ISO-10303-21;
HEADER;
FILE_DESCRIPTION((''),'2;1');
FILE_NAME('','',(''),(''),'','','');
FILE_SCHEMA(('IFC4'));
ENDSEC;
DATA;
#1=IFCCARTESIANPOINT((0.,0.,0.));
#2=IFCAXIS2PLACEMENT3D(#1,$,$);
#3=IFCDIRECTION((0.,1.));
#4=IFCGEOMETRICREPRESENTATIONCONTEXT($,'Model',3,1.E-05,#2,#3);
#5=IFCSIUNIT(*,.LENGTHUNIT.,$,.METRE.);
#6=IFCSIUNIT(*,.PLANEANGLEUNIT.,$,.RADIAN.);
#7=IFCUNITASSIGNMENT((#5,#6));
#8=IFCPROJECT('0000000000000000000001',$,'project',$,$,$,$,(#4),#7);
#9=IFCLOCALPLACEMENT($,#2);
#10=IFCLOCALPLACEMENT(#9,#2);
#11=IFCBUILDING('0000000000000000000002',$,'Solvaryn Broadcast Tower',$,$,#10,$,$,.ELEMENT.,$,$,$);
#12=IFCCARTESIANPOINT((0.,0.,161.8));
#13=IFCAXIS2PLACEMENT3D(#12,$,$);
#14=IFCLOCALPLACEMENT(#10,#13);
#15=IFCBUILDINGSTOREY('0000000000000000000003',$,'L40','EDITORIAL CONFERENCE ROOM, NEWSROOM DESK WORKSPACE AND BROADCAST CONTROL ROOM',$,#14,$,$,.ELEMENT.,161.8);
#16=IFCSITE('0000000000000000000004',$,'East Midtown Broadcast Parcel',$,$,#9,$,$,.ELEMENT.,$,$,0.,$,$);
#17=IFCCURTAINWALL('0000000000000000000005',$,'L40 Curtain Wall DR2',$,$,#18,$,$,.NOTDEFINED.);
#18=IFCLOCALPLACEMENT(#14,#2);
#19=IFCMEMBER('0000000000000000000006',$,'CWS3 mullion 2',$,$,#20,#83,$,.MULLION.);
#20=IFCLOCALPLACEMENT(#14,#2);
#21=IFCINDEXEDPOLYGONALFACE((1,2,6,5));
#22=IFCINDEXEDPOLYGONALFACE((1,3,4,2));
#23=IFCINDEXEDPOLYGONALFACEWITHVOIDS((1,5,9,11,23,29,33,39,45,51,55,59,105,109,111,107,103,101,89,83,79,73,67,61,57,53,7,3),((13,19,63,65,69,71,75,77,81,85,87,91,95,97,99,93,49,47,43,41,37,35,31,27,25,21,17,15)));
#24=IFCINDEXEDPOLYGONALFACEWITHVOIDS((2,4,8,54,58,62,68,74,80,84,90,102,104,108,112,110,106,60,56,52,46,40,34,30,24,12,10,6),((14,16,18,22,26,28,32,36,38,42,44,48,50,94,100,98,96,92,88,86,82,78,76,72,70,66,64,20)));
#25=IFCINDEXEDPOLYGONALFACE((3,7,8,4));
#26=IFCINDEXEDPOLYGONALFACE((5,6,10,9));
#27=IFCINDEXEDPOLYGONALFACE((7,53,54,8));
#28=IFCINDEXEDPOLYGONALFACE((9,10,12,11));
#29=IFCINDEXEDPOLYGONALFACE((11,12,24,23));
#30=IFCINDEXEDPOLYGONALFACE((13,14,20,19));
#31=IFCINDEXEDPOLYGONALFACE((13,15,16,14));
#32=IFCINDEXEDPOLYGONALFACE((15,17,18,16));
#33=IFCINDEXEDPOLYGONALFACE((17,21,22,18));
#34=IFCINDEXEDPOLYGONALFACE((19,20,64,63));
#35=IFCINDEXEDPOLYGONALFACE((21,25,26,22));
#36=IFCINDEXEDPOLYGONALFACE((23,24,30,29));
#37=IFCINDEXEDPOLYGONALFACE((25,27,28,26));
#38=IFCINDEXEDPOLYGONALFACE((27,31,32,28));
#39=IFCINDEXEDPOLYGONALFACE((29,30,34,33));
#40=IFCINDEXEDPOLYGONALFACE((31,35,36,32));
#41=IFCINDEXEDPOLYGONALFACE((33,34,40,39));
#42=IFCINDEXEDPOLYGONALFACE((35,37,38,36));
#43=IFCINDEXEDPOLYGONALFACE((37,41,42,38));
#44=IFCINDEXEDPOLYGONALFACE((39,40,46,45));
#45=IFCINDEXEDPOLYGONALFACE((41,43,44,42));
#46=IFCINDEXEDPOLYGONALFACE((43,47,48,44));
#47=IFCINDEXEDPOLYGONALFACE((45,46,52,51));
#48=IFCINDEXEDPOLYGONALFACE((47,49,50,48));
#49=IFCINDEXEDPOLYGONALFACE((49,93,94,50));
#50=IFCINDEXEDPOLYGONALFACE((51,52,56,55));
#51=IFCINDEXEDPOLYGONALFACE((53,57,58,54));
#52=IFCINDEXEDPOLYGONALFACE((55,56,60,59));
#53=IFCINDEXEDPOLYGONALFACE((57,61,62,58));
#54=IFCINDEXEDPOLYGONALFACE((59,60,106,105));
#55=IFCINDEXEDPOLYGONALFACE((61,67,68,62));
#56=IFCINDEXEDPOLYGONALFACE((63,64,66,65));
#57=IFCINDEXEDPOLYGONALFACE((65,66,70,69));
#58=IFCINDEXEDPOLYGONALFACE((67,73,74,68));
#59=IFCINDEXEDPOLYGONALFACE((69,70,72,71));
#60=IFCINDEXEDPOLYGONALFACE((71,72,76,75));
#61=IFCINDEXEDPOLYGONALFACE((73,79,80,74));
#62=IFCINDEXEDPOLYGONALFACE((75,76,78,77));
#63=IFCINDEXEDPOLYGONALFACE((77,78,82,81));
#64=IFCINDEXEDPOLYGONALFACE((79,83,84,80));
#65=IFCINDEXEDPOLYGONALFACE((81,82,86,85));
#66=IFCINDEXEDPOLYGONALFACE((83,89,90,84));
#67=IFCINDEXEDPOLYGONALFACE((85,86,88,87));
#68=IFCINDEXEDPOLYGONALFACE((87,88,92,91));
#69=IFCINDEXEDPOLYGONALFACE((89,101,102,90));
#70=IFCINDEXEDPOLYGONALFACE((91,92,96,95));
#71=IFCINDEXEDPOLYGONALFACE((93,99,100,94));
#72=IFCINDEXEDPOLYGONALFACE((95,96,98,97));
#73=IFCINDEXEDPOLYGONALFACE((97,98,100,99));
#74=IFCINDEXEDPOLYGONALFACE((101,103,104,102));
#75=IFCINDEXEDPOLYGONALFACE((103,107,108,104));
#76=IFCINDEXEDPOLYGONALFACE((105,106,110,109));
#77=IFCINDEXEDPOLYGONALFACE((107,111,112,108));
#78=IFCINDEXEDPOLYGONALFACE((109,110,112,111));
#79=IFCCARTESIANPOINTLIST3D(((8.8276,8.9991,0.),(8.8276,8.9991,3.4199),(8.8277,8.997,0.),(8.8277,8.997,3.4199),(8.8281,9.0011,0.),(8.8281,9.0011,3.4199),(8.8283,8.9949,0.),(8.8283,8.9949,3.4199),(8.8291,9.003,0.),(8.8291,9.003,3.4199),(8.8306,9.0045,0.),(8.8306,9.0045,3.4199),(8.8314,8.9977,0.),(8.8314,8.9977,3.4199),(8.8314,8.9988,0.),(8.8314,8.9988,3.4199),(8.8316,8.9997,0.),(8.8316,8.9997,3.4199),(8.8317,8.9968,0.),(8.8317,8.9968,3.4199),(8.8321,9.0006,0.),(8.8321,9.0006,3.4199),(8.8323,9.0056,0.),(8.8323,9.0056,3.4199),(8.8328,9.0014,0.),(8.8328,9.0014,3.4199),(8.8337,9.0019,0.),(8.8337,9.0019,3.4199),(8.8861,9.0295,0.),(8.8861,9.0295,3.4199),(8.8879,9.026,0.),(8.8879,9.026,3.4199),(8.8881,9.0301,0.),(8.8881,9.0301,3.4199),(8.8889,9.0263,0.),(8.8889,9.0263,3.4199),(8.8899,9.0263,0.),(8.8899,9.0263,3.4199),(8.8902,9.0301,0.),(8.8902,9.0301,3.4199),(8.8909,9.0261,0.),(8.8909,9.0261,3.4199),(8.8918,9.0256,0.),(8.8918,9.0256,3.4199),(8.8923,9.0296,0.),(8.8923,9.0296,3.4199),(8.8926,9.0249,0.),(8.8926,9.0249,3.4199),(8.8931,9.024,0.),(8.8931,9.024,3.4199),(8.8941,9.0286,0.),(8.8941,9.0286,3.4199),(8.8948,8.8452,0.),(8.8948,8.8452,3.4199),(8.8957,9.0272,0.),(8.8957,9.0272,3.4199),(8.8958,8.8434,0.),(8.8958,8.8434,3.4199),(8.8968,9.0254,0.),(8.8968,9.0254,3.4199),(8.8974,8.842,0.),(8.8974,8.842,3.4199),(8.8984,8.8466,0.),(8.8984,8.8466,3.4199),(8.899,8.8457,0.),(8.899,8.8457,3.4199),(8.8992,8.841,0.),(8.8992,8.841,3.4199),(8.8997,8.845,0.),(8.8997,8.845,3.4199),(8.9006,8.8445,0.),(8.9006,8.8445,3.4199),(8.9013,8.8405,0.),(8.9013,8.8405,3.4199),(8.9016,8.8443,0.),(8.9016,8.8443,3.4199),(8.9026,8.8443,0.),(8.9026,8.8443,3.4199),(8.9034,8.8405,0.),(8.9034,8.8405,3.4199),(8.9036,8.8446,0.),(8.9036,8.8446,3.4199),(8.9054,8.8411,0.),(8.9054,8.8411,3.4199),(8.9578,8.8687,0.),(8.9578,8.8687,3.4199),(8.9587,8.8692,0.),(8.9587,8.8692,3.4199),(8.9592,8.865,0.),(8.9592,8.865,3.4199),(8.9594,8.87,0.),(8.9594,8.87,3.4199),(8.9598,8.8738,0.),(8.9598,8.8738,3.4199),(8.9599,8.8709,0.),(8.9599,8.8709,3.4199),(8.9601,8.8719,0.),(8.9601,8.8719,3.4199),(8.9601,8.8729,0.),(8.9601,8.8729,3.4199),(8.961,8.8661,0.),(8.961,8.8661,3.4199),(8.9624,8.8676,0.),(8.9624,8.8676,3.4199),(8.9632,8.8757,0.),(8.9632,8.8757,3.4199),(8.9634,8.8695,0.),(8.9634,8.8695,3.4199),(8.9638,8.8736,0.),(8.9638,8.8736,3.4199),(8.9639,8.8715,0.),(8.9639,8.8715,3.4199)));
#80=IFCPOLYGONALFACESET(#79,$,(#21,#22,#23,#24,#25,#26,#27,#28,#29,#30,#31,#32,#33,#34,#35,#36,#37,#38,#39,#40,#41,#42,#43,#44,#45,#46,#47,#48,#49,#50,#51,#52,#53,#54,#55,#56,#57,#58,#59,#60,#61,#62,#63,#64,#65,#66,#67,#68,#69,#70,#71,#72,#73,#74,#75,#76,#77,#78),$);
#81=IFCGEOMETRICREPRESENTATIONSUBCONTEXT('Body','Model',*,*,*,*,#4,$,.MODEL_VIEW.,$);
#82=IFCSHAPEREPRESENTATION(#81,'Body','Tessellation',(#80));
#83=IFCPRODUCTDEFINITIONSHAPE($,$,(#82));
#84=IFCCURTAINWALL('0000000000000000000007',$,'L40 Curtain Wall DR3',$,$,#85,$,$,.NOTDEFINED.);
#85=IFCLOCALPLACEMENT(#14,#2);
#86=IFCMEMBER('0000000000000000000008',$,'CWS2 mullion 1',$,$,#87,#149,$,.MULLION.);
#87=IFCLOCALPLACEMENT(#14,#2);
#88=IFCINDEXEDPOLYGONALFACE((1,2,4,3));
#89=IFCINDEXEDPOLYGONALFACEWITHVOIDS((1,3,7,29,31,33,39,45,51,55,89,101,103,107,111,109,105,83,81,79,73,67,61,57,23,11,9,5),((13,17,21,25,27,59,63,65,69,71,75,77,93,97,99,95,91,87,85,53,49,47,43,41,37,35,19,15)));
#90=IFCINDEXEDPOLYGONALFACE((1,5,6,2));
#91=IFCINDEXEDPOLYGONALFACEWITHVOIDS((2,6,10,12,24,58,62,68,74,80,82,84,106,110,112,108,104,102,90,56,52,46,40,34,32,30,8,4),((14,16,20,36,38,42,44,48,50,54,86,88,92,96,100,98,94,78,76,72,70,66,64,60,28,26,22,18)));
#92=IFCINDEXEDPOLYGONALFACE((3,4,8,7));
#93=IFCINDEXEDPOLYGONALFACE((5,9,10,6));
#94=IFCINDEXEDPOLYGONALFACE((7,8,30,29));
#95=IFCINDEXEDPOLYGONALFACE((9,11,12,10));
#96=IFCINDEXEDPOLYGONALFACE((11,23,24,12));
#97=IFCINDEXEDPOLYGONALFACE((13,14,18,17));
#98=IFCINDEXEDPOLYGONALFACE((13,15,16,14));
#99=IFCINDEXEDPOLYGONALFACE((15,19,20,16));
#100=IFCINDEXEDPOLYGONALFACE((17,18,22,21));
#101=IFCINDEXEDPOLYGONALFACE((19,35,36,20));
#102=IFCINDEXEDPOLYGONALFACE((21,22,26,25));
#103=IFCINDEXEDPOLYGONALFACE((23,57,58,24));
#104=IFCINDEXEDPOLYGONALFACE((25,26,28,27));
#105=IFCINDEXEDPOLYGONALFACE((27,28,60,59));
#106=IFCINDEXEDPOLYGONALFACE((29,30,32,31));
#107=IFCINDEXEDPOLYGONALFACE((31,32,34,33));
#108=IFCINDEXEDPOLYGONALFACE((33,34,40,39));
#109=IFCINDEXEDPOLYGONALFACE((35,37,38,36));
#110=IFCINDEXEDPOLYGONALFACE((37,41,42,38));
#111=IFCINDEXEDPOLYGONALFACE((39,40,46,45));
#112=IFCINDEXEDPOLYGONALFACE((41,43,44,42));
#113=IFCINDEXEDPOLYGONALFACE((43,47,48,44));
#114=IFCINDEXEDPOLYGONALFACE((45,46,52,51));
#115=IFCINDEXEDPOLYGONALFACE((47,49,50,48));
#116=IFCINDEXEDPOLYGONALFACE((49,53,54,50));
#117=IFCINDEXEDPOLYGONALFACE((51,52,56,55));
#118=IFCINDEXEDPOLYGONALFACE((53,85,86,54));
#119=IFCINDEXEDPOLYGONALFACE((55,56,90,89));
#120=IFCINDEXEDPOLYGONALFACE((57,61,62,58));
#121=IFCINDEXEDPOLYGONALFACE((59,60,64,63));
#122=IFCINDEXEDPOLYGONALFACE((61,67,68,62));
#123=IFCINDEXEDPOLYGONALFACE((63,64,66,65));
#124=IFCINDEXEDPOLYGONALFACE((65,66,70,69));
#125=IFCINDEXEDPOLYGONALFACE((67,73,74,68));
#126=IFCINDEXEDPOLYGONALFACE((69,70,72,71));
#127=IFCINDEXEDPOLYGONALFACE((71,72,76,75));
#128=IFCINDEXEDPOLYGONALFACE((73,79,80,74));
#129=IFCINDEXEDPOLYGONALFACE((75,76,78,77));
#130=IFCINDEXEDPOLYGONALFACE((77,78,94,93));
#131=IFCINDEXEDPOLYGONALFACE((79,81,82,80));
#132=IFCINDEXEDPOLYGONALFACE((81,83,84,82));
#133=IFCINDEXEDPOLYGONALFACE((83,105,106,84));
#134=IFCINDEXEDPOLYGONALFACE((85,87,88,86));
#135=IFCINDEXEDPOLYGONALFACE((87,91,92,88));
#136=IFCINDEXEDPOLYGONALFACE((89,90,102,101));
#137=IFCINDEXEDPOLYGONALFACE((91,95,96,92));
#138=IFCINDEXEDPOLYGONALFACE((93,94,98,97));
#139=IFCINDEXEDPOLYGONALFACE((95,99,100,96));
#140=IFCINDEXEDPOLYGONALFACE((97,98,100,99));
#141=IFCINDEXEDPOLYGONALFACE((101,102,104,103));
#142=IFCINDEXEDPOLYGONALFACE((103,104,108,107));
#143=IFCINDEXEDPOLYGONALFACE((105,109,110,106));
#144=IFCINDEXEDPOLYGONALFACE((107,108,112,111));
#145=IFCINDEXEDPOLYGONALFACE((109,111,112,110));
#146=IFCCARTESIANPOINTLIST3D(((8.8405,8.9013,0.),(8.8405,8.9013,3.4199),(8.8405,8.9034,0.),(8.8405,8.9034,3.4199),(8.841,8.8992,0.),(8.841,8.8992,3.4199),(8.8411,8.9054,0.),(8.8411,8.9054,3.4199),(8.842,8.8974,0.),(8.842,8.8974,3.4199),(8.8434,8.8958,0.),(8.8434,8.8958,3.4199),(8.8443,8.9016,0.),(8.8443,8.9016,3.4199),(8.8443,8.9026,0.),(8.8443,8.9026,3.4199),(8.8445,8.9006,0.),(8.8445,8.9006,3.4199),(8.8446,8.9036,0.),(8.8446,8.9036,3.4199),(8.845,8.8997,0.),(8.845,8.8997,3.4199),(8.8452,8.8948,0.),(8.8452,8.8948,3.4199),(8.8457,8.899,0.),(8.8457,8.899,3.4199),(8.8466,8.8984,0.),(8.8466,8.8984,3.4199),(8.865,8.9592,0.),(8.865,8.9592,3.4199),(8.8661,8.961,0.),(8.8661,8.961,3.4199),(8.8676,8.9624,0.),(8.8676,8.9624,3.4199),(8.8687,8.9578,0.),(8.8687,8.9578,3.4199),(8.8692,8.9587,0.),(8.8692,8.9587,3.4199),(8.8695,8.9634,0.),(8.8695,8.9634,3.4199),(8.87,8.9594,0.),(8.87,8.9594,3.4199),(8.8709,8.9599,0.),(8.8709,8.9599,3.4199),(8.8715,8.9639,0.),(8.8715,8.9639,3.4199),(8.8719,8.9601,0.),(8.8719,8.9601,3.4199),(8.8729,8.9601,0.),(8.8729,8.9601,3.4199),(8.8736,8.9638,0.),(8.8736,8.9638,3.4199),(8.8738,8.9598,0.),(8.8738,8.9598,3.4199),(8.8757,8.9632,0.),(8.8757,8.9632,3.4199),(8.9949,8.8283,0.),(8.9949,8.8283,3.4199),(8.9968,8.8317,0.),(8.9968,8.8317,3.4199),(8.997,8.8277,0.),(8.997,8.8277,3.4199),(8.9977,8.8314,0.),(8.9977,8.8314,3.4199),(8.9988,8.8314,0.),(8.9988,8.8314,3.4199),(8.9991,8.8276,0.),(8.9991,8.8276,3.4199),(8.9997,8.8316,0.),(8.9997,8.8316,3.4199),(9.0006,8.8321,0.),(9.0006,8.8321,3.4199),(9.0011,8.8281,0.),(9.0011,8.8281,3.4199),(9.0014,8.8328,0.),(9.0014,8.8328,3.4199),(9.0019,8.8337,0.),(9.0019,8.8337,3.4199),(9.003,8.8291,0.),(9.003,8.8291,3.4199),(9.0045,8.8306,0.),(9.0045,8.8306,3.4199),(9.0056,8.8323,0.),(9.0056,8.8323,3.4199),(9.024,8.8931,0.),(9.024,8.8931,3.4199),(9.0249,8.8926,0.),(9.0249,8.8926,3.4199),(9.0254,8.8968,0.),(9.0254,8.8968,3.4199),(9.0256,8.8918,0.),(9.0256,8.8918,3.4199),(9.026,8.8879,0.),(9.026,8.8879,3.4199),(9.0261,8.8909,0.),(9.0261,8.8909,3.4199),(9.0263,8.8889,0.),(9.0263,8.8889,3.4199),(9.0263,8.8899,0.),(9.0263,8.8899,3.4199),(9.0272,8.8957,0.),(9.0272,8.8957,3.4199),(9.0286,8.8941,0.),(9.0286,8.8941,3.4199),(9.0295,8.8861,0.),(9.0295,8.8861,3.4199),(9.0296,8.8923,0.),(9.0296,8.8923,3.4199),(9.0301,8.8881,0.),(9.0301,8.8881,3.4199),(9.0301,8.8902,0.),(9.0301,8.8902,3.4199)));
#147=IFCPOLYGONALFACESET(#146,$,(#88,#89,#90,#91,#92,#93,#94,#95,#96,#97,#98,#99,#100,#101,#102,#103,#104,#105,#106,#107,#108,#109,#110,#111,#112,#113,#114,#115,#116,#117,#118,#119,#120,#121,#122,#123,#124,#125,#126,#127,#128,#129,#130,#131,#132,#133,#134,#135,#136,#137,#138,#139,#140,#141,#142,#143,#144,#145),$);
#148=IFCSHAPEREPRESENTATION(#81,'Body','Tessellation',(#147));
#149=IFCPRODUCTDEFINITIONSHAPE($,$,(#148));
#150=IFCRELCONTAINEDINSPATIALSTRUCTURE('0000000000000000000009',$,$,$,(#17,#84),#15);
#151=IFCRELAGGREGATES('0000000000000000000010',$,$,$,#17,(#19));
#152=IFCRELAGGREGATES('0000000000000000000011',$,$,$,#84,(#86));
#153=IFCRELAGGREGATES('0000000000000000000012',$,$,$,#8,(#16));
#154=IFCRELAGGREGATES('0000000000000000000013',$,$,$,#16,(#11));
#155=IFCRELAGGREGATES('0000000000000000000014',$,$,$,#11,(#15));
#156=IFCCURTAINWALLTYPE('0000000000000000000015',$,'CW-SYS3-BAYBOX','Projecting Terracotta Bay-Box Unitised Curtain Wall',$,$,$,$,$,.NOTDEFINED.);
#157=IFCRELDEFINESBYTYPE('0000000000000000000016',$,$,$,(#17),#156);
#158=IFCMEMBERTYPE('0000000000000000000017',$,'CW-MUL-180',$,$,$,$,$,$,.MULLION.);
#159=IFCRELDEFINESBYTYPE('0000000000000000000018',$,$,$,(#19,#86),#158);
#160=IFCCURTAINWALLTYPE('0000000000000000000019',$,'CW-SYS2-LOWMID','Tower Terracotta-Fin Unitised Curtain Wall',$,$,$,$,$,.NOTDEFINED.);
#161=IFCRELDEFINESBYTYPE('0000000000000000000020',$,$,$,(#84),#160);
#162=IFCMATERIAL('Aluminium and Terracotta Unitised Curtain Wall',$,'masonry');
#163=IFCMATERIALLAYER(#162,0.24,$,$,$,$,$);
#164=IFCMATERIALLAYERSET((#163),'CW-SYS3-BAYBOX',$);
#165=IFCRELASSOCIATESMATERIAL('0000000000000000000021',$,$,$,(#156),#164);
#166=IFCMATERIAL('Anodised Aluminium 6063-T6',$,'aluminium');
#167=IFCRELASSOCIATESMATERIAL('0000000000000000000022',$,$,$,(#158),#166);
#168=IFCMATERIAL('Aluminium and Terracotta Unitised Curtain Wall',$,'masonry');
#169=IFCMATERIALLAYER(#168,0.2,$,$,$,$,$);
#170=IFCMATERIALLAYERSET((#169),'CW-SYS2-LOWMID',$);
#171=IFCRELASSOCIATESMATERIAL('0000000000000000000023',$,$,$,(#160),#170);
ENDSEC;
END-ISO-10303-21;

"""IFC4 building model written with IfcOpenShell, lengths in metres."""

from ifc_helpers import new_model, si_unit, direction, frame, origin, origin_2d, place, context, subcontext, project, spatial, hollow_rectangle, extrude, material, layer, layer_set, material_profile, profile_set, type_object, element, aggregate, save


model = new_model("IFC4")

# Units and contexts
model_context = context("Model", 3, precision=1e-05, world=origin(), true_north=direction((0.0, 1.0)))
body_context = subcontext(model_context, "Body", "Model", "MODEL_VIEW")
ifc_project = project(units=[si_unit("LENGTHUNIT", "METRE"), si_unit("PLANEANGLEUNIT", "RADIAN")], contexts=[model_context])

# Site, building, storey
site_placement = place(None, origin())
site = spatial("IfcSite", under=ifc_project, at=site_placement, Name="East Midtown Broadcast Parcel", CompositionType="ELEMENT", RefElevation=0.0)
building_placement = place(site_placement, origin())
building = spatial("IfcBuilding", under=site, at=building_placement, Name="Solvaryn Broadcast Tower", CompositionType="ELEMENT")
storey_placement = place(building_placement, frame((0.0, 0.0, 161.8)))
storey = spatial("IfcBuildingStorey", under=building, at=storey_placement, Name="L40", Description="EDITORIAL CONFERENCE ROOM, NEWSROOM DESK WORKSPACE AND BROADCAST CONTROL ROOM", CompositionType="ELEMENT", Elevation=161.8)

# Curtain wall, member
ifc_material_1 = material(Name="Aluminium and Terracotta Unitised Curtain Wall", Category="masonry")
ifc_layer_1 = layer(ifc_material_1, 0.24)
ifc_layer_set_1 = layer_set([ifc_layer_1], Name="CW-SYS3-BAYBOX")
curtain_wall_type_1 = type_object("IfcCurtainWallType", Name="CW-SYS3-BAYBOX", Description="Projecting Terracotta Bay-Box Unitised Curtain Wall", PredefinedType="NOTDEFINED", material=ifc_layer_set_1)
curtain_wall_1_placement = place(storey_placement, origin())
curtain_wall_1 = element("IfcCurtainWall", 1, at=curtain_wall_1_placement, inside=storey, type_object=curtain_wall_type_1, Name="L40 Curtain Wall DR2", PredefinedType="NOTDEFINED")
ifc_material_2 = material(Name="Anodised Aluminium 6063-T6", Category="aluminium")
ifc_material_profile_1 = material_profile(ifc_material_2, hollow_rectangle(XDim=0.075, YDim=0.1799, WallThickness=0.0039, InnerFilletRadius=0.0039, OuterFilletRadius=0.0081, at=origin_2d()))
ifc_profile_set_1 = profile_set([ifc_material_profile_1], Name="Anodised Aluminium 6063-T6")
member_type_1 = type_object("IfcMemberType", Name="CW-MUL-180", PredefinedType="MULLION", material=ifc_profile_set_1)
member_1_placement = place(storey_placement, frame((8.8958, 8.9353, 0.0), z_axis=(0.0, 0.0, 1.0), x_axis=(0.913909, 0.405918, 0.0)))
member_1 = element("IfcMember", 2, at=member_1_placement, type_object=member_type_1, Name="CWS3 mullion 2", PredefinedType="MULLION", context=body_context, shape_type="SweptSolid", body=[
    extrude(hollow_rectangle(XDim=0.075, YDim=0.1799, WallThickness=0.0039, InnerFilletRadius=0.0039, OuterFilletRadius=0.0081, at=origin_2d()), origin(), (0.0, 0.0, 1.0), 3.4199),
])
aggregate(curtain_wall_1, [member_1])

# Curtain wall, member
ifc_material_3 = material(Name="Aluminium and Terracotta Unitised Curtain Wall", Category="masonry")
ifc_layer_2 = layer(ifc_material_3, 0.2)
ifc_layer_set_2 = layer_set([ifc_layer_2], Name="CW-SYS2-LOWMID")
curtain_wall_type_2 = type_object("IfcCurtainWallType", Name="CW-SYS2-LOWMID", Description="Tower Terracotta-Fin Unitised Curtain Wall", PredefinedType="NOTDEFINED", material=ifc_layer_set_2)
curtain_wall_2_placement = place(storey_placement, origin())
curtain_wall_2 = element("IfcCurtainWall", 3, at=curtain_wall_2_placement, inside=storey, type_object=curtain_wall_type_2, Name="L40 Curtain Wall DR3", PredefinedType="NOTDEFINED")
member_2_placement = place(storey_placement, frame((8.9353, 8.8958, 0.0), z_axis=(0.0, 0.0, 1.0), x_axis=(0.405918, 0.913909, 0.0)))
member_2 = element("IfcMember", 4, at=member_2_placement, type_object=member_type_1, Name="CWS2 mullion 1", PredefinedType="MULLION", context=body_context, shape_type="SweptSolid", body=[
    extrude(hollow_rectangle(XDim=0.075, YDim=0.1799, WallThickness=0.0039, InnerFilletRadius=0.0039, OuterFilletRadius=0.0081, at=origin_2d()), origin(), (0.0, 0.0, 1.0), 3.4199),
])
aggregate(curtain_wall_2, [member_2])

save(model, "model.ifc")
